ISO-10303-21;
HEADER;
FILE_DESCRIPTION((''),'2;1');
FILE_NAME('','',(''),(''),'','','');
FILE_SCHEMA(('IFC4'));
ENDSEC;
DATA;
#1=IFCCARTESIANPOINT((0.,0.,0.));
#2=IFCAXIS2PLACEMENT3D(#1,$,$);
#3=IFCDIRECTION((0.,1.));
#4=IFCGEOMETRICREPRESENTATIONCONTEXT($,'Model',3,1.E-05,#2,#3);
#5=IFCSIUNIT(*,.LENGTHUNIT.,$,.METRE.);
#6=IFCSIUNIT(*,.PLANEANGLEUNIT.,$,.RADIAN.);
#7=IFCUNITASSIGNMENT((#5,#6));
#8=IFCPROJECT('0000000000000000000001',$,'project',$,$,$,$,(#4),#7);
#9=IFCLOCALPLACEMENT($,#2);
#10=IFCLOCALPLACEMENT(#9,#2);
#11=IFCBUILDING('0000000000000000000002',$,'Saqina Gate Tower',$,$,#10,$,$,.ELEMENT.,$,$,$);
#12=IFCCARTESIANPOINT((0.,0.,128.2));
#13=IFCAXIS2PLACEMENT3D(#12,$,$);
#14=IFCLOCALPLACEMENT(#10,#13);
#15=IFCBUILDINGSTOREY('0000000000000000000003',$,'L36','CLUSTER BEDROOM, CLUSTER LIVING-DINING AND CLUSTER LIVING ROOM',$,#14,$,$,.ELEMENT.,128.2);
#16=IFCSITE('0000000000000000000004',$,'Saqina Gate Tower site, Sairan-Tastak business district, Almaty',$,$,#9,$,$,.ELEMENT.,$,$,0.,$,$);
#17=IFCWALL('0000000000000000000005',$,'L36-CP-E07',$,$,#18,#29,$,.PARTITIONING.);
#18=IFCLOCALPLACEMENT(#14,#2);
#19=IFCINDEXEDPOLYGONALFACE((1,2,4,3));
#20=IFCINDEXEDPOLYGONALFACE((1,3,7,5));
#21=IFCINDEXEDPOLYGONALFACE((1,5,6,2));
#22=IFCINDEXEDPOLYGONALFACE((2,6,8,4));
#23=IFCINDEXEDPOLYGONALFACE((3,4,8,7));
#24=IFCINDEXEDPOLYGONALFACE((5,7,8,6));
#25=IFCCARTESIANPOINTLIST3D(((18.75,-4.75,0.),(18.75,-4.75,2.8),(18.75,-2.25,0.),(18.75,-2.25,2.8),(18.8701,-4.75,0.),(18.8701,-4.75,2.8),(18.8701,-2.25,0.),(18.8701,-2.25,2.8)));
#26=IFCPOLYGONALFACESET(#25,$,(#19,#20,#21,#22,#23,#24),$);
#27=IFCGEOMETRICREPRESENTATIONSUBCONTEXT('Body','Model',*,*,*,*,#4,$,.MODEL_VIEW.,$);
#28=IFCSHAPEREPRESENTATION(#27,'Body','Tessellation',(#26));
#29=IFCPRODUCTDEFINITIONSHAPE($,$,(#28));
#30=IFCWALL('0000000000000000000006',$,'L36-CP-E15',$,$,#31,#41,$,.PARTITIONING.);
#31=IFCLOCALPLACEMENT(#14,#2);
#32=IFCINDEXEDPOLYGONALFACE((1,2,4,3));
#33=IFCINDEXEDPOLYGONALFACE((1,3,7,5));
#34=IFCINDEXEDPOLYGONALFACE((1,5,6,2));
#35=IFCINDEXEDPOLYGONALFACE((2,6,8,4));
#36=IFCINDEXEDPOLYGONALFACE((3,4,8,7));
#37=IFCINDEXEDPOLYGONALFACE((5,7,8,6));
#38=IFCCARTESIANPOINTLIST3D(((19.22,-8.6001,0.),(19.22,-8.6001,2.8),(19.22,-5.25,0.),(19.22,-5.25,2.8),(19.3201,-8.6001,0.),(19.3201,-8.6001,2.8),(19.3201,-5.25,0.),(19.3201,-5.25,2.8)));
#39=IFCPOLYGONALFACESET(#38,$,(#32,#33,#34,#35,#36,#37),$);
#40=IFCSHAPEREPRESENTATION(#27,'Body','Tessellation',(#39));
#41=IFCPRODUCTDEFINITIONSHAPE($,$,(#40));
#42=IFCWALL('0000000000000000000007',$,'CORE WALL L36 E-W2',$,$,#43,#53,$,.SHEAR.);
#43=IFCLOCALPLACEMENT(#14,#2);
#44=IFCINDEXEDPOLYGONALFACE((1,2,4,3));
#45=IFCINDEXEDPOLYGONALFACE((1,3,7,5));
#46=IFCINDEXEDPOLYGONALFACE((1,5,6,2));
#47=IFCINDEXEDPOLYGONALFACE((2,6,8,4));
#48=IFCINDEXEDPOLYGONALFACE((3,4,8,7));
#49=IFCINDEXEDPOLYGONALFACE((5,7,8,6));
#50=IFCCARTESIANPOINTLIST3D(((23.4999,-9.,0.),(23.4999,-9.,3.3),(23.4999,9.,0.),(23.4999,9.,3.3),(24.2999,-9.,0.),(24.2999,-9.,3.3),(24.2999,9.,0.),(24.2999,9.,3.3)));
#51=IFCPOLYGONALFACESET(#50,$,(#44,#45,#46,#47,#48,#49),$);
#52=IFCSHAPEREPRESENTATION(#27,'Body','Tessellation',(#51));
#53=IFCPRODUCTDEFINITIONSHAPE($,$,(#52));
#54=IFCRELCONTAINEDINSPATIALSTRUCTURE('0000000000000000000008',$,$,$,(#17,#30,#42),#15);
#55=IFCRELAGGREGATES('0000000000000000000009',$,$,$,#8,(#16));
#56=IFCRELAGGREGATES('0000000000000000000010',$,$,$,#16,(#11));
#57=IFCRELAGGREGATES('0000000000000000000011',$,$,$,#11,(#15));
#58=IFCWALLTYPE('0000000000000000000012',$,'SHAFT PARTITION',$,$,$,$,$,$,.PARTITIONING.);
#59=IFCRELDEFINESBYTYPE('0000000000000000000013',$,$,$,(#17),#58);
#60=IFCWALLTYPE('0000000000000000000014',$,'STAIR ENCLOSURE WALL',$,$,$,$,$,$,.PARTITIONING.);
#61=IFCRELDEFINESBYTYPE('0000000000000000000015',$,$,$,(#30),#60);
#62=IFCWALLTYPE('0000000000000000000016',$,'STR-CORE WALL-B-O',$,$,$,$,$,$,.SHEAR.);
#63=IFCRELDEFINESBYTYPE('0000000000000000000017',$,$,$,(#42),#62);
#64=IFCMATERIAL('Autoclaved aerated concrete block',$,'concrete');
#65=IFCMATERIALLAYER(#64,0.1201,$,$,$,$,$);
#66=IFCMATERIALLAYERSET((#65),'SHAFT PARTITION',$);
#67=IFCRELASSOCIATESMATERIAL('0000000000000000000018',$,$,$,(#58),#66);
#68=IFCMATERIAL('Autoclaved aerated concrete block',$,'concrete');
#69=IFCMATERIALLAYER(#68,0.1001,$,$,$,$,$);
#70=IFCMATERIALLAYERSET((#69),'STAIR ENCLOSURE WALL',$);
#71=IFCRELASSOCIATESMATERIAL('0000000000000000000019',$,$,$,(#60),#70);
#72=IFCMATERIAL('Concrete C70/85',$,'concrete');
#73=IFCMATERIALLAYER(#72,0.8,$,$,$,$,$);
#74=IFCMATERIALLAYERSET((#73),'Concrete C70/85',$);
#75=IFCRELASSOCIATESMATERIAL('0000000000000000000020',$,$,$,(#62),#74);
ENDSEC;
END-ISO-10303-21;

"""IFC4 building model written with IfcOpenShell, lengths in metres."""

from ifc_helpers import new_model, si_unit, direction, frame, frame_2d, origin, place, context, subcontext, project, spatial, rectangle, extrude, material, layer, layer_set, type_object, element, save


model = new_model("IFC4")

# Units and contexts
model_context = context("Model", 3, precision=1e-05, world=origin(), true_north=direction((0.0, 1.0)))
body_context = subcontext(model_context, "Body", "Model", "MODEL_VIEW")
ifc_project = project(units=[si_unit("LENGTHUNIT", "METRE"), si_unit("PLANEANGLEUNIT", "RADIAN")], contexts=[model_context])

# Site, building, storey
site_placement = place(None, origin())
site = spatial("IfcSite", under=ifc_project, at=site_placement, Name="Saqina Gate Tower site, Sairan-Tastak business district, Almaty", CompositionType="ELEMENT", RefElevation=0.0)
building_placement = place(site_placement, origin())
building = spatial("IfcBuilding", under=site, at=building_placement, Name="Saqina Gate Tower", CompositionType="ELEMENT")
storey_placement = place(building_placement, frame((0.0, 0.0, 128.2)))
storey = spatial("IfcBuildingStorey", under=building, at=storey_placement, Name="L36", Description="CLUSTER BEDROOM, CLUSTER LIVING-DINING AND CLUSTER LIVING ROOM", CompositionType="ELEMENT", Elevation=128.2)

# Walls
ifc_material_1 = material(Name="Autoclaved aerated concrete block", Category="concrete")
ifc_layer_1 = layer(ifc_material_1, 0.1201)
ifc_layer_set_1 = layer_set([ifc_layer_1], Name="SHAFT PARTITION")
wall_type_1 = type_object("IfcWallType", Name="SHAFT PARTITION", PredefinedType="PARTITIONING", material=ifc_layer_set_1)
wall_1_placement = place(storey_placement, frame((18.8101, -4.75, 0.0), z_axis=(0.0, 0.0, 1.0), x_axis=(0.0, 1.0, 0.0)))
element("IfcWall", 1, at=wall_1_placement, inside=storey, type_object=wall_type_1, Name="L36-CP-E07", PredefinedType="PARTITIONING", context=body_context, shape_type="SweptSolid", body=[
    extrude(rectangle(XDim=2.5, YDim=0.1201, at=frame_2d((1.25, 0.0))), origin(), (0.0, 0.0, 1.0), 2.8),
])
ifc_material_2 = material(Name="Autoclaved aerated concrete block", Category="concrete")
ifc_layer_2 = layer(ifc_material_2, 0.1001)
ifc_layer_set_2 = layer_set([ifc_layer_2], Name="STAIR ENCLOSURE WALL")
wall_type_2 = type_object("IfcWallType", Name="STAIR ENCLOSURE WALL", PredefinedType="PARTITIONING", material=ifc_layer_set_2)
wall_2_placement = place(storey_placement, frame((19.27, -8.6001, 0.0), z_axis=(0.0, 0.0, 1.0), x_axis=(0.0, 1.0, 0.0)))
element("IfcWall", 2, at=wall_2_placement, inside=storey, type_object=wall_type_2, Name="L36-CP-E15", PredefinedType="PARTITIONING", context=body_context, shape_type="SweptSolid", body=[
    extrude(rectangle(XDim=3.3501, YDim=0.1001, at=frame_2d((1.675, 0.0))), origin(), (0.0, 0.0, 1.0), 2.8),
])
ifc_material_3 = material(Name="Concrete C70/85", Category="concrete")
ifc_layer_3 = layer(ifc_material_3, 0.8)
ifc_layer_set_3 = layer_set([ifc_layer_3], Name="Concrete C70/85")
wall_type_3 = type_object("IfcWallType", Name="STR-CORE WALL-B-O", PredefinedType="SHEAR", material=ifc_layer_set_3)
wall_3_placement = place(storey_placement, frame((23.8999, -9.0, 0.0), z_axis=(0.0, 0.0, 1.0), x_axis=(0.0, 1.0, 0.0)))
element("IfcWall", 3, at=wall_3_placement, inside=storey, type_object=wall_type_3, Name="CORE WALL L36 E-W2", PredefinedType="SHEAR", context=body_context, shape_type="SweptSolid", body=[
    extrude(rectangle(XDim=18.0, YDim=0.8, at=frame_2d((9.0, 0.0))), origin(), (0.0, 0.0, 1.0), 3.3),
])

save(model, "model.ifc")
